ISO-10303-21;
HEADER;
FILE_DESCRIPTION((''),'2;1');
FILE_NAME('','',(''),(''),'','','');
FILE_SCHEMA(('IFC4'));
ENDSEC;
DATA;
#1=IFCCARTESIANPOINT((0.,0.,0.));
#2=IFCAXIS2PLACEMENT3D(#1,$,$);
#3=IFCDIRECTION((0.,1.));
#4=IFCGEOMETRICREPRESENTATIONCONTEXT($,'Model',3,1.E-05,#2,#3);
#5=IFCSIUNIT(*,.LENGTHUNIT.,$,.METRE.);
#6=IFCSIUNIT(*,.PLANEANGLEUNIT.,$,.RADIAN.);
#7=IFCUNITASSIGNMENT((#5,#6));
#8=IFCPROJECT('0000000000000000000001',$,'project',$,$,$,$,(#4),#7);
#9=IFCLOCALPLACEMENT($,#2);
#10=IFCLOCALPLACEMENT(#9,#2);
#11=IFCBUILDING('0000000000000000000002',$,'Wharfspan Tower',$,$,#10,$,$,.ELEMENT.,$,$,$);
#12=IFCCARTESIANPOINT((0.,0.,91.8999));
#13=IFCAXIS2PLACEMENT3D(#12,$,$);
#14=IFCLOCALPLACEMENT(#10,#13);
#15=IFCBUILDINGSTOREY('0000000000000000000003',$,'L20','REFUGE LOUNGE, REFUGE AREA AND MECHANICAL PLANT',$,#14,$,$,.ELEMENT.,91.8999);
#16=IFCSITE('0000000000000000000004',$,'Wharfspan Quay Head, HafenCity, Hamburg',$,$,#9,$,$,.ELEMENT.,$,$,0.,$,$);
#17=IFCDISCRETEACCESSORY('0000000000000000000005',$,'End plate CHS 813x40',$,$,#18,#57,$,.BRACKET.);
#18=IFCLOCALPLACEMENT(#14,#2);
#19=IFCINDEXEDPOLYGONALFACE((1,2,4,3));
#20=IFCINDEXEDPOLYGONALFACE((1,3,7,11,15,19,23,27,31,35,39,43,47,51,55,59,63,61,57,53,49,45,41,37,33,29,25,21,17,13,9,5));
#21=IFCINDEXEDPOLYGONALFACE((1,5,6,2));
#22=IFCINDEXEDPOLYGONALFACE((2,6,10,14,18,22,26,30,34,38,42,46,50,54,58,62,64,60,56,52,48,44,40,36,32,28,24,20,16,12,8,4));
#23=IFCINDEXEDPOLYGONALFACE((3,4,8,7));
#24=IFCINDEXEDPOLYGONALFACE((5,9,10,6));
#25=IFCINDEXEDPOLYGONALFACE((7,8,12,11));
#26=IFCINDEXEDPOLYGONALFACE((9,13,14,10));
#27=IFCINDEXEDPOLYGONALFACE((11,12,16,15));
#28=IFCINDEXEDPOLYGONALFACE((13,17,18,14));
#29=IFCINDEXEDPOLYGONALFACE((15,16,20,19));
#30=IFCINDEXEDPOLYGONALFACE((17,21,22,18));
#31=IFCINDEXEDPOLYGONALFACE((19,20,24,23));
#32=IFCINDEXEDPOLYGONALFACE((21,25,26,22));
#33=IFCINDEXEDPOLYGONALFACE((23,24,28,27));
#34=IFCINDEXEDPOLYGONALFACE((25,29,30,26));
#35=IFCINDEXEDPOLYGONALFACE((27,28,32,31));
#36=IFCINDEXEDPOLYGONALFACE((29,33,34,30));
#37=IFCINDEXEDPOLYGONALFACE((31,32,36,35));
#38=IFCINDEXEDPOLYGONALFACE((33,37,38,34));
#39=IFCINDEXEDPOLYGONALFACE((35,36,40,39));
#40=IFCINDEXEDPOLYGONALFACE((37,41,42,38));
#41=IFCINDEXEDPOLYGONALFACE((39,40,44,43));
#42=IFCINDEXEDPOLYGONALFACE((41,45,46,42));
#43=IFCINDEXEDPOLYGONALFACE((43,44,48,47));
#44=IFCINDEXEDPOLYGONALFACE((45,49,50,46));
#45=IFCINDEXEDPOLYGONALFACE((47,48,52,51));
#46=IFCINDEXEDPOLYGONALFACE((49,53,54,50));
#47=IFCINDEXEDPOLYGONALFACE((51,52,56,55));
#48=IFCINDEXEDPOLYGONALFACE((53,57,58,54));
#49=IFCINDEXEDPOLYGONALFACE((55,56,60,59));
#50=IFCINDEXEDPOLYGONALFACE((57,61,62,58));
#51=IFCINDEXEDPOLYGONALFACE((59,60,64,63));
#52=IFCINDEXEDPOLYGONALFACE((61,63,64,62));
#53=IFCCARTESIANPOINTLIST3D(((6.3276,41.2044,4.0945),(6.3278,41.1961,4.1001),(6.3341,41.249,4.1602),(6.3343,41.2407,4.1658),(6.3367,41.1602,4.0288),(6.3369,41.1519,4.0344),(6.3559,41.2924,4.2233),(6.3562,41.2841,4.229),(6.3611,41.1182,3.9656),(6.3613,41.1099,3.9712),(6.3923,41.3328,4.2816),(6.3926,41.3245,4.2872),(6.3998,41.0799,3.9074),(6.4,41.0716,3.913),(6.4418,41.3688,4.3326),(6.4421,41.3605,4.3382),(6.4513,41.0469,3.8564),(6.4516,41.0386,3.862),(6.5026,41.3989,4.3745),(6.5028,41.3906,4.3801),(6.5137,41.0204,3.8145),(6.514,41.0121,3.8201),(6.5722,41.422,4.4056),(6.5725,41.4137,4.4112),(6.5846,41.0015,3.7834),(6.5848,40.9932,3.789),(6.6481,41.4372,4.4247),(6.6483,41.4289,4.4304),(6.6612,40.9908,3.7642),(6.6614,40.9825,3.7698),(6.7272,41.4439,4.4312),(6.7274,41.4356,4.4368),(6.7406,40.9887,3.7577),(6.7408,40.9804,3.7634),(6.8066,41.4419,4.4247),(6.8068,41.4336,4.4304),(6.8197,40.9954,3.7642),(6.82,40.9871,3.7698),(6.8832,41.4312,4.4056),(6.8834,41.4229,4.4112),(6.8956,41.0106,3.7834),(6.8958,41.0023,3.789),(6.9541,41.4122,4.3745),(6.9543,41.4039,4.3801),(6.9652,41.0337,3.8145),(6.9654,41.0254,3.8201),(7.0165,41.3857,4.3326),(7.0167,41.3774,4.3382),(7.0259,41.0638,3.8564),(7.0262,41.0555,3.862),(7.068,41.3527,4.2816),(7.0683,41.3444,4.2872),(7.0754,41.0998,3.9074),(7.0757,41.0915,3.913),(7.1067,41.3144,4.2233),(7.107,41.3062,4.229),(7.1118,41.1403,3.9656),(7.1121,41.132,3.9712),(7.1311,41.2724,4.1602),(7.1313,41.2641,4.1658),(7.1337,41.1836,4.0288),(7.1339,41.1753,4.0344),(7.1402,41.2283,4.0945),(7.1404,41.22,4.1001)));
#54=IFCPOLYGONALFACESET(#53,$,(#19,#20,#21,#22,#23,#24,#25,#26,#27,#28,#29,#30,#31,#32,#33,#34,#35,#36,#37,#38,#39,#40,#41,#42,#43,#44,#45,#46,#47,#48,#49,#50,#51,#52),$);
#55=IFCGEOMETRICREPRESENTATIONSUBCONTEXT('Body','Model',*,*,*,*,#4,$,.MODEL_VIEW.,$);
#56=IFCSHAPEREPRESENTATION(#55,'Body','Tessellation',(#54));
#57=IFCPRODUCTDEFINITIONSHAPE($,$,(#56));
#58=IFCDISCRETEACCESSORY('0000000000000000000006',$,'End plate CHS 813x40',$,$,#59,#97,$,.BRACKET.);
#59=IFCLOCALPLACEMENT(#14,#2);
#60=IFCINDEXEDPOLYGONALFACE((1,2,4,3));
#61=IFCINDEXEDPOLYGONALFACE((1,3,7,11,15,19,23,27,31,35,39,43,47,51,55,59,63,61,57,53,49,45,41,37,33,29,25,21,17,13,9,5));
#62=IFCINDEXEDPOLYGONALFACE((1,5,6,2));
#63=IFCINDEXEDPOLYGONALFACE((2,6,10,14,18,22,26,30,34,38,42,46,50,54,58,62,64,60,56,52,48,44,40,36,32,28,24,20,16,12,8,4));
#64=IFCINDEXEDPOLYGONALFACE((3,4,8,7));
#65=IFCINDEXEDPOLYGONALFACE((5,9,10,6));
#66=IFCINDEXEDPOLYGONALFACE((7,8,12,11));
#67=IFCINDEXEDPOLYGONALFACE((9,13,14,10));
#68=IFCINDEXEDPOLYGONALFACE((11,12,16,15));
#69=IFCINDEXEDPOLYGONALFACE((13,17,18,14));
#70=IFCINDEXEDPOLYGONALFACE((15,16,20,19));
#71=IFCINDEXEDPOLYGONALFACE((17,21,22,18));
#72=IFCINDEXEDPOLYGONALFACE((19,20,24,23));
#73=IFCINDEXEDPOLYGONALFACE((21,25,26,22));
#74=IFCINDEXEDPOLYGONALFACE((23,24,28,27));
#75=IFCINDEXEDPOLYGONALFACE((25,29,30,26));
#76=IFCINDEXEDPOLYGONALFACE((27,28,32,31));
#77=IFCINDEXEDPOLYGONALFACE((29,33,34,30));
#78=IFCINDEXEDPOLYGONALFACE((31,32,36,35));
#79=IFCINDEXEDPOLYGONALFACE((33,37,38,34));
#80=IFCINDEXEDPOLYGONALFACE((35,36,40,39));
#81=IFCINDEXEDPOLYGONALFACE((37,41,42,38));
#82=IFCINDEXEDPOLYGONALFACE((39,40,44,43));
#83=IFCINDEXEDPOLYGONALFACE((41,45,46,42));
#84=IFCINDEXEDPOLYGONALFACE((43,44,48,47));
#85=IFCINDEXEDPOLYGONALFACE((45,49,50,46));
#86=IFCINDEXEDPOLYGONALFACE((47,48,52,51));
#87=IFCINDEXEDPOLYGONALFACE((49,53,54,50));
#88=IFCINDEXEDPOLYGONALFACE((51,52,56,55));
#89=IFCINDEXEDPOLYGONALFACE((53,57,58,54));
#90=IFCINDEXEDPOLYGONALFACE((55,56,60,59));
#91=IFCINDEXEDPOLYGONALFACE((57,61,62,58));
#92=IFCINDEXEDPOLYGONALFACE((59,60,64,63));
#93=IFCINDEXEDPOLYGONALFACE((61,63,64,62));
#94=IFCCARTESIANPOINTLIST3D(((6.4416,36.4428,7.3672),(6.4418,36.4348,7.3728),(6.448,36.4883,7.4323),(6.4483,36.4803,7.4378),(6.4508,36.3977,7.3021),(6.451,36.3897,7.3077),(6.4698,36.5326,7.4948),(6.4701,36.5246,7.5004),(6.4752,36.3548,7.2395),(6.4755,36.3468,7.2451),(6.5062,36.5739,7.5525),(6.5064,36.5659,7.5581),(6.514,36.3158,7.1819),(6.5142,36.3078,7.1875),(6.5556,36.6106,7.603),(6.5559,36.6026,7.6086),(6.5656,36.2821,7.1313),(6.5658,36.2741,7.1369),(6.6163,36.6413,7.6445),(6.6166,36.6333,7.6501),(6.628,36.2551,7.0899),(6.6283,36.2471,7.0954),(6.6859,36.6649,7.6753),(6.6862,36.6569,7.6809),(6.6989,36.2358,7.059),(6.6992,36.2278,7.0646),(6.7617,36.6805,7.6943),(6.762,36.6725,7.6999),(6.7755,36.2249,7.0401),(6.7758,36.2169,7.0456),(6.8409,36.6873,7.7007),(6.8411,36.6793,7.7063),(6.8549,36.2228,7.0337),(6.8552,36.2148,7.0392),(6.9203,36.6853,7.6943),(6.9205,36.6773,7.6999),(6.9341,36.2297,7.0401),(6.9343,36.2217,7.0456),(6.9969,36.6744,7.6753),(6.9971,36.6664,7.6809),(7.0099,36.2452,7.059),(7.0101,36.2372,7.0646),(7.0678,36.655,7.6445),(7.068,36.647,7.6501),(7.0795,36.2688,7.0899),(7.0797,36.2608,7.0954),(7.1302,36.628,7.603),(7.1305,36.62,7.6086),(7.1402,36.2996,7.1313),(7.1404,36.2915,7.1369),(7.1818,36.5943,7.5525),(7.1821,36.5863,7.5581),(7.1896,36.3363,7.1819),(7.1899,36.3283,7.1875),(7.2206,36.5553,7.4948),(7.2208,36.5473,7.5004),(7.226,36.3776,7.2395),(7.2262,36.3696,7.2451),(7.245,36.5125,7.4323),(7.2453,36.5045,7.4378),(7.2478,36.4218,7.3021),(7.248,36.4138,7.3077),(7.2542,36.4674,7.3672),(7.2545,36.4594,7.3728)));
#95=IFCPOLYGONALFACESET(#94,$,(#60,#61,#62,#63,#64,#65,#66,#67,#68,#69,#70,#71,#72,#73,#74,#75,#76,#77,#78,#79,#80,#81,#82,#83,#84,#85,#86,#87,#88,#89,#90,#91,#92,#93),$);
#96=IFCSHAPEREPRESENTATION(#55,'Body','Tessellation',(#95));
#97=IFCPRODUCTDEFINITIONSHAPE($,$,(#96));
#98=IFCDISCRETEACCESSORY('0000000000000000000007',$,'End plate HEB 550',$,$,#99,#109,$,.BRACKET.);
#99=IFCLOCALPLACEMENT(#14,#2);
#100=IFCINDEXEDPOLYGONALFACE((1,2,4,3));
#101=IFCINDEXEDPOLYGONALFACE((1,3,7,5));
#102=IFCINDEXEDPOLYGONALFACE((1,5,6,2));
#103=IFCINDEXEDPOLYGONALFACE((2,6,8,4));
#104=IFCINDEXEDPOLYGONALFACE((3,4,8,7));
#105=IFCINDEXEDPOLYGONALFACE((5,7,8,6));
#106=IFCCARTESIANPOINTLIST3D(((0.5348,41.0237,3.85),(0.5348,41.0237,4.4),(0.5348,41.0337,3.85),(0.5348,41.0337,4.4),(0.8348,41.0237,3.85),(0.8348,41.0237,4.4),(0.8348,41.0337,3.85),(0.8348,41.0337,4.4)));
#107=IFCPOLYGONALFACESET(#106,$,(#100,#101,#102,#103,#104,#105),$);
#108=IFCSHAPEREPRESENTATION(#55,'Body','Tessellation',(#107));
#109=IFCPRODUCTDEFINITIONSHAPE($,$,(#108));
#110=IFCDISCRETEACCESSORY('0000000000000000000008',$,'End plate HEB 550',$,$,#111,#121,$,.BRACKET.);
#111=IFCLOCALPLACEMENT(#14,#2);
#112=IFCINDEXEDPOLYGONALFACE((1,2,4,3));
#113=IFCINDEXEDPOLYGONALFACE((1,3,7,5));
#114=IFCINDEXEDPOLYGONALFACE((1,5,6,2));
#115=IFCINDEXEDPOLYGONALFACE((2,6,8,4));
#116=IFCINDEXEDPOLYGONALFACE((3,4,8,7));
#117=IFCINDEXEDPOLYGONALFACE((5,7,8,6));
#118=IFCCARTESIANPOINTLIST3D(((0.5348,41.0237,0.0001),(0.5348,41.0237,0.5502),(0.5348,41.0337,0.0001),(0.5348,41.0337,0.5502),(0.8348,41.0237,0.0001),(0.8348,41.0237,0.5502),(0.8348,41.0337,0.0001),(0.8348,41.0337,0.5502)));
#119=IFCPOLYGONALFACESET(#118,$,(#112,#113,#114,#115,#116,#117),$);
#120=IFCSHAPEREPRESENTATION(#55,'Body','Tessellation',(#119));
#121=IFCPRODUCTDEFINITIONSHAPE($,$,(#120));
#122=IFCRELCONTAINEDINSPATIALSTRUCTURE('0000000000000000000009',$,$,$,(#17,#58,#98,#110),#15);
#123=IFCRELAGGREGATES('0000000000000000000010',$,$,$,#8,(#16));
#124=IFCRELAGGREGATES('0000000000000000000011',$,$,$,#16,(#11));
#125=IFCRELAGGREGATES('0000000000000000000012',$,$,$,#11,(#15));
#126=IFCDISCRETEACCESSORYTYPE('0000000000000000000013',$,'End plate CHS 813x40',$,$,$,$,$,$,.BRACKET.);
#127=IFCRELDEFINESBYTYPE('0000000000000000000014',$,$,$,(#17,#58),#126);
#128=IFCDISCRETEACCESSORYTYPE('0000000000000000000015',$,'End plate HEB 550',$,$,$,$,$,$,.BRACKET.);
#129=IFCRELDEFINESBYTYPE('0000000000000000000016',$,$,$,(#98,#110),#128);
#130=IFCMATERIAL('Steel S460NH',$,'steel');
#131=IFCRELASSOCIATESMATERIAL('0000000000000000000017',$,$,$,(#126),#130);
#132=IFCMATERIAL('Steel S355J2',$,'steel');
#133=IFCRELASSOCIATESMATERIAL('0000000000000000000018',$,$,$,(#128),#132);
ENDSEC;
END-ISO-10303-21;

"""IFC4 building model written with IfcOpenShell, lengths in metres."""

from ifc_helpers import new_model, si_unit, direction, frame, origin, origin_2d, place, context, subcontext, project, spatial, rectangle, circle, extrude, material, material_profile, profile_set, type_object, element, save


model = new_model("IFC4")

# Units and contexts
model_context = context("Model", 3, precision=1e-05, world=origin(), true_north=direction((0.0, 1.0)))
body_context = subcontext(model_context, "Body", "Model", "MODEL_VIEW")
ifc_project = project(units=[si_unit("LENGTHUNIT", "METRE"), si_unit("PLANEANGLEUNIT", "RADIAN")], contexts=[model_context])

# Site, building, storey
site_placement = place(None, origin())
site = spatial("IfcSite", under=ifc_project, at=site_placement, Name="Wharfspan Quay Head, HafenCity, Hamburg", CompositionType="ELEMENT", RefElevation=0.0)
building_placement = place(site_placement, origin())
building = spatial("IfcBuilding", under=site, at=building_placement, Name="Wharfspan Tower", CompositionType="ELEMENT")
storey_placement = place(building_placement, frame((0.0, 0.0, 91.8999)))
storey = spatial("IfcBuildingStorey", under=building, at=storey_placement, Name="L20", Description="REFUGE LOUNGE, REFUGE AREA AND MECHANICAL PLANT", CompositionType="ELEMENT", Elevation=91.8999)

# Shared definitions
ifc_material_1 = material(Name="Steel S355J2", Category="steel")

# Shared definitions
ifc_material_2 = material(Name="Steel S460NH", Category="steel")

# Discrete accessories
ifc_material_profile_1 = material_profile(ifc_material_2, circle(Radius=0.4065, at=origin_2d()))
ifc_profile_set_1 = profile_set([ifc_material_profile_1], Name="Steel S460NH")
discrete_accessory_type_1 = type_object("IfcDiscreteAccessoryType", Name="End plate CHS 813x40", PredefinedType="BRACKET", material=ifc_profile_set_1)
discrete_accessory_1_placement = place(storey_placement, frame((6.7339, 41.2163, 4.0945), z_axis=(0.024354, -0.828038, 0.560143), x_axis=(0.999568, 0.029399, 0.0)))
element("IfcDiscreteAccessory", 1, at=discrete_accessory_1_placement, inside=storey, type_object=discrete_accessory_type_1, Name="End plate CHS 813x40", PredefinedType="BRACKET", context=body_context, shape_type="SweptSolid", body=[
    extrude(circle(Radius=0.4065, at=origin_2d()), origin(), (0.0, 0.0, 1.0), 0.01),
])
discrete_accessory_2_placement = place(storey_placement, frame((6.8479, 36.4551, 7.3672), z_axis=(0.024853, -0.820145, 0.571616), x_axis=(0.999542, 0.03029, 0.000001)))
element("IfcDiscreteAccessory", 2, at=discrete_accessory_2_placement, inside=storey, type_object=discrete_accessory_type_1, Name="End plate CHS 813x40", PredefinedType="BRACKET", context=body_context, shape_type="SweptSolid", body=[
    extrude(circle(Radius=0.4065, at=origin_2d()), origin(), (0.0, 0.0, 1.0), 0.0098),
])
ifc_material_profile_2 = material_profile(ifc_material_1, rectangle(XDim=0.3, YDim=0.55, at=origin_2d()))
ifc_profile_set_2 = profile_set([ifc_material_profile_2], Name="Steel S355J2")
discrete_accessory_type_2 = type_object("IfcDiscreteAccessoryType", Name="End plate HEB 550", PredefinedType="BRACKET", material=ifc_profile_set_2)
for number, where, z_axis, x_axis, name in (
    (3, (0.6848, 41.0337, 4.125), (0.0, -1.0, 0.0), (1.0, 0.0, 0.0), "End plate HEB 550"),
    (4, (0.6848, 41.0337, 0.2751), (0.0, -1.0, 0.0), (1.0, 0.0, 0.0), "End plate HEB 550"),
):
    element("IfcDiscreteAccessory", number, at=place(storey_placement, frame(where, z_axis=z_axis, x_axis=x_axis)), inside=storey, type_object=discrete_accessory_type_2, Name=name, PredefinedType="BRACKET", context=body_context, shape_type="SweptSolid", body=[
        extrude(rectangle(XDim=0.3, YDim=0.55, at=origin_2d()), origin(), (0.0, 0.0, 1.0), 0.01),
    ])

save(model, "model.ifc")
